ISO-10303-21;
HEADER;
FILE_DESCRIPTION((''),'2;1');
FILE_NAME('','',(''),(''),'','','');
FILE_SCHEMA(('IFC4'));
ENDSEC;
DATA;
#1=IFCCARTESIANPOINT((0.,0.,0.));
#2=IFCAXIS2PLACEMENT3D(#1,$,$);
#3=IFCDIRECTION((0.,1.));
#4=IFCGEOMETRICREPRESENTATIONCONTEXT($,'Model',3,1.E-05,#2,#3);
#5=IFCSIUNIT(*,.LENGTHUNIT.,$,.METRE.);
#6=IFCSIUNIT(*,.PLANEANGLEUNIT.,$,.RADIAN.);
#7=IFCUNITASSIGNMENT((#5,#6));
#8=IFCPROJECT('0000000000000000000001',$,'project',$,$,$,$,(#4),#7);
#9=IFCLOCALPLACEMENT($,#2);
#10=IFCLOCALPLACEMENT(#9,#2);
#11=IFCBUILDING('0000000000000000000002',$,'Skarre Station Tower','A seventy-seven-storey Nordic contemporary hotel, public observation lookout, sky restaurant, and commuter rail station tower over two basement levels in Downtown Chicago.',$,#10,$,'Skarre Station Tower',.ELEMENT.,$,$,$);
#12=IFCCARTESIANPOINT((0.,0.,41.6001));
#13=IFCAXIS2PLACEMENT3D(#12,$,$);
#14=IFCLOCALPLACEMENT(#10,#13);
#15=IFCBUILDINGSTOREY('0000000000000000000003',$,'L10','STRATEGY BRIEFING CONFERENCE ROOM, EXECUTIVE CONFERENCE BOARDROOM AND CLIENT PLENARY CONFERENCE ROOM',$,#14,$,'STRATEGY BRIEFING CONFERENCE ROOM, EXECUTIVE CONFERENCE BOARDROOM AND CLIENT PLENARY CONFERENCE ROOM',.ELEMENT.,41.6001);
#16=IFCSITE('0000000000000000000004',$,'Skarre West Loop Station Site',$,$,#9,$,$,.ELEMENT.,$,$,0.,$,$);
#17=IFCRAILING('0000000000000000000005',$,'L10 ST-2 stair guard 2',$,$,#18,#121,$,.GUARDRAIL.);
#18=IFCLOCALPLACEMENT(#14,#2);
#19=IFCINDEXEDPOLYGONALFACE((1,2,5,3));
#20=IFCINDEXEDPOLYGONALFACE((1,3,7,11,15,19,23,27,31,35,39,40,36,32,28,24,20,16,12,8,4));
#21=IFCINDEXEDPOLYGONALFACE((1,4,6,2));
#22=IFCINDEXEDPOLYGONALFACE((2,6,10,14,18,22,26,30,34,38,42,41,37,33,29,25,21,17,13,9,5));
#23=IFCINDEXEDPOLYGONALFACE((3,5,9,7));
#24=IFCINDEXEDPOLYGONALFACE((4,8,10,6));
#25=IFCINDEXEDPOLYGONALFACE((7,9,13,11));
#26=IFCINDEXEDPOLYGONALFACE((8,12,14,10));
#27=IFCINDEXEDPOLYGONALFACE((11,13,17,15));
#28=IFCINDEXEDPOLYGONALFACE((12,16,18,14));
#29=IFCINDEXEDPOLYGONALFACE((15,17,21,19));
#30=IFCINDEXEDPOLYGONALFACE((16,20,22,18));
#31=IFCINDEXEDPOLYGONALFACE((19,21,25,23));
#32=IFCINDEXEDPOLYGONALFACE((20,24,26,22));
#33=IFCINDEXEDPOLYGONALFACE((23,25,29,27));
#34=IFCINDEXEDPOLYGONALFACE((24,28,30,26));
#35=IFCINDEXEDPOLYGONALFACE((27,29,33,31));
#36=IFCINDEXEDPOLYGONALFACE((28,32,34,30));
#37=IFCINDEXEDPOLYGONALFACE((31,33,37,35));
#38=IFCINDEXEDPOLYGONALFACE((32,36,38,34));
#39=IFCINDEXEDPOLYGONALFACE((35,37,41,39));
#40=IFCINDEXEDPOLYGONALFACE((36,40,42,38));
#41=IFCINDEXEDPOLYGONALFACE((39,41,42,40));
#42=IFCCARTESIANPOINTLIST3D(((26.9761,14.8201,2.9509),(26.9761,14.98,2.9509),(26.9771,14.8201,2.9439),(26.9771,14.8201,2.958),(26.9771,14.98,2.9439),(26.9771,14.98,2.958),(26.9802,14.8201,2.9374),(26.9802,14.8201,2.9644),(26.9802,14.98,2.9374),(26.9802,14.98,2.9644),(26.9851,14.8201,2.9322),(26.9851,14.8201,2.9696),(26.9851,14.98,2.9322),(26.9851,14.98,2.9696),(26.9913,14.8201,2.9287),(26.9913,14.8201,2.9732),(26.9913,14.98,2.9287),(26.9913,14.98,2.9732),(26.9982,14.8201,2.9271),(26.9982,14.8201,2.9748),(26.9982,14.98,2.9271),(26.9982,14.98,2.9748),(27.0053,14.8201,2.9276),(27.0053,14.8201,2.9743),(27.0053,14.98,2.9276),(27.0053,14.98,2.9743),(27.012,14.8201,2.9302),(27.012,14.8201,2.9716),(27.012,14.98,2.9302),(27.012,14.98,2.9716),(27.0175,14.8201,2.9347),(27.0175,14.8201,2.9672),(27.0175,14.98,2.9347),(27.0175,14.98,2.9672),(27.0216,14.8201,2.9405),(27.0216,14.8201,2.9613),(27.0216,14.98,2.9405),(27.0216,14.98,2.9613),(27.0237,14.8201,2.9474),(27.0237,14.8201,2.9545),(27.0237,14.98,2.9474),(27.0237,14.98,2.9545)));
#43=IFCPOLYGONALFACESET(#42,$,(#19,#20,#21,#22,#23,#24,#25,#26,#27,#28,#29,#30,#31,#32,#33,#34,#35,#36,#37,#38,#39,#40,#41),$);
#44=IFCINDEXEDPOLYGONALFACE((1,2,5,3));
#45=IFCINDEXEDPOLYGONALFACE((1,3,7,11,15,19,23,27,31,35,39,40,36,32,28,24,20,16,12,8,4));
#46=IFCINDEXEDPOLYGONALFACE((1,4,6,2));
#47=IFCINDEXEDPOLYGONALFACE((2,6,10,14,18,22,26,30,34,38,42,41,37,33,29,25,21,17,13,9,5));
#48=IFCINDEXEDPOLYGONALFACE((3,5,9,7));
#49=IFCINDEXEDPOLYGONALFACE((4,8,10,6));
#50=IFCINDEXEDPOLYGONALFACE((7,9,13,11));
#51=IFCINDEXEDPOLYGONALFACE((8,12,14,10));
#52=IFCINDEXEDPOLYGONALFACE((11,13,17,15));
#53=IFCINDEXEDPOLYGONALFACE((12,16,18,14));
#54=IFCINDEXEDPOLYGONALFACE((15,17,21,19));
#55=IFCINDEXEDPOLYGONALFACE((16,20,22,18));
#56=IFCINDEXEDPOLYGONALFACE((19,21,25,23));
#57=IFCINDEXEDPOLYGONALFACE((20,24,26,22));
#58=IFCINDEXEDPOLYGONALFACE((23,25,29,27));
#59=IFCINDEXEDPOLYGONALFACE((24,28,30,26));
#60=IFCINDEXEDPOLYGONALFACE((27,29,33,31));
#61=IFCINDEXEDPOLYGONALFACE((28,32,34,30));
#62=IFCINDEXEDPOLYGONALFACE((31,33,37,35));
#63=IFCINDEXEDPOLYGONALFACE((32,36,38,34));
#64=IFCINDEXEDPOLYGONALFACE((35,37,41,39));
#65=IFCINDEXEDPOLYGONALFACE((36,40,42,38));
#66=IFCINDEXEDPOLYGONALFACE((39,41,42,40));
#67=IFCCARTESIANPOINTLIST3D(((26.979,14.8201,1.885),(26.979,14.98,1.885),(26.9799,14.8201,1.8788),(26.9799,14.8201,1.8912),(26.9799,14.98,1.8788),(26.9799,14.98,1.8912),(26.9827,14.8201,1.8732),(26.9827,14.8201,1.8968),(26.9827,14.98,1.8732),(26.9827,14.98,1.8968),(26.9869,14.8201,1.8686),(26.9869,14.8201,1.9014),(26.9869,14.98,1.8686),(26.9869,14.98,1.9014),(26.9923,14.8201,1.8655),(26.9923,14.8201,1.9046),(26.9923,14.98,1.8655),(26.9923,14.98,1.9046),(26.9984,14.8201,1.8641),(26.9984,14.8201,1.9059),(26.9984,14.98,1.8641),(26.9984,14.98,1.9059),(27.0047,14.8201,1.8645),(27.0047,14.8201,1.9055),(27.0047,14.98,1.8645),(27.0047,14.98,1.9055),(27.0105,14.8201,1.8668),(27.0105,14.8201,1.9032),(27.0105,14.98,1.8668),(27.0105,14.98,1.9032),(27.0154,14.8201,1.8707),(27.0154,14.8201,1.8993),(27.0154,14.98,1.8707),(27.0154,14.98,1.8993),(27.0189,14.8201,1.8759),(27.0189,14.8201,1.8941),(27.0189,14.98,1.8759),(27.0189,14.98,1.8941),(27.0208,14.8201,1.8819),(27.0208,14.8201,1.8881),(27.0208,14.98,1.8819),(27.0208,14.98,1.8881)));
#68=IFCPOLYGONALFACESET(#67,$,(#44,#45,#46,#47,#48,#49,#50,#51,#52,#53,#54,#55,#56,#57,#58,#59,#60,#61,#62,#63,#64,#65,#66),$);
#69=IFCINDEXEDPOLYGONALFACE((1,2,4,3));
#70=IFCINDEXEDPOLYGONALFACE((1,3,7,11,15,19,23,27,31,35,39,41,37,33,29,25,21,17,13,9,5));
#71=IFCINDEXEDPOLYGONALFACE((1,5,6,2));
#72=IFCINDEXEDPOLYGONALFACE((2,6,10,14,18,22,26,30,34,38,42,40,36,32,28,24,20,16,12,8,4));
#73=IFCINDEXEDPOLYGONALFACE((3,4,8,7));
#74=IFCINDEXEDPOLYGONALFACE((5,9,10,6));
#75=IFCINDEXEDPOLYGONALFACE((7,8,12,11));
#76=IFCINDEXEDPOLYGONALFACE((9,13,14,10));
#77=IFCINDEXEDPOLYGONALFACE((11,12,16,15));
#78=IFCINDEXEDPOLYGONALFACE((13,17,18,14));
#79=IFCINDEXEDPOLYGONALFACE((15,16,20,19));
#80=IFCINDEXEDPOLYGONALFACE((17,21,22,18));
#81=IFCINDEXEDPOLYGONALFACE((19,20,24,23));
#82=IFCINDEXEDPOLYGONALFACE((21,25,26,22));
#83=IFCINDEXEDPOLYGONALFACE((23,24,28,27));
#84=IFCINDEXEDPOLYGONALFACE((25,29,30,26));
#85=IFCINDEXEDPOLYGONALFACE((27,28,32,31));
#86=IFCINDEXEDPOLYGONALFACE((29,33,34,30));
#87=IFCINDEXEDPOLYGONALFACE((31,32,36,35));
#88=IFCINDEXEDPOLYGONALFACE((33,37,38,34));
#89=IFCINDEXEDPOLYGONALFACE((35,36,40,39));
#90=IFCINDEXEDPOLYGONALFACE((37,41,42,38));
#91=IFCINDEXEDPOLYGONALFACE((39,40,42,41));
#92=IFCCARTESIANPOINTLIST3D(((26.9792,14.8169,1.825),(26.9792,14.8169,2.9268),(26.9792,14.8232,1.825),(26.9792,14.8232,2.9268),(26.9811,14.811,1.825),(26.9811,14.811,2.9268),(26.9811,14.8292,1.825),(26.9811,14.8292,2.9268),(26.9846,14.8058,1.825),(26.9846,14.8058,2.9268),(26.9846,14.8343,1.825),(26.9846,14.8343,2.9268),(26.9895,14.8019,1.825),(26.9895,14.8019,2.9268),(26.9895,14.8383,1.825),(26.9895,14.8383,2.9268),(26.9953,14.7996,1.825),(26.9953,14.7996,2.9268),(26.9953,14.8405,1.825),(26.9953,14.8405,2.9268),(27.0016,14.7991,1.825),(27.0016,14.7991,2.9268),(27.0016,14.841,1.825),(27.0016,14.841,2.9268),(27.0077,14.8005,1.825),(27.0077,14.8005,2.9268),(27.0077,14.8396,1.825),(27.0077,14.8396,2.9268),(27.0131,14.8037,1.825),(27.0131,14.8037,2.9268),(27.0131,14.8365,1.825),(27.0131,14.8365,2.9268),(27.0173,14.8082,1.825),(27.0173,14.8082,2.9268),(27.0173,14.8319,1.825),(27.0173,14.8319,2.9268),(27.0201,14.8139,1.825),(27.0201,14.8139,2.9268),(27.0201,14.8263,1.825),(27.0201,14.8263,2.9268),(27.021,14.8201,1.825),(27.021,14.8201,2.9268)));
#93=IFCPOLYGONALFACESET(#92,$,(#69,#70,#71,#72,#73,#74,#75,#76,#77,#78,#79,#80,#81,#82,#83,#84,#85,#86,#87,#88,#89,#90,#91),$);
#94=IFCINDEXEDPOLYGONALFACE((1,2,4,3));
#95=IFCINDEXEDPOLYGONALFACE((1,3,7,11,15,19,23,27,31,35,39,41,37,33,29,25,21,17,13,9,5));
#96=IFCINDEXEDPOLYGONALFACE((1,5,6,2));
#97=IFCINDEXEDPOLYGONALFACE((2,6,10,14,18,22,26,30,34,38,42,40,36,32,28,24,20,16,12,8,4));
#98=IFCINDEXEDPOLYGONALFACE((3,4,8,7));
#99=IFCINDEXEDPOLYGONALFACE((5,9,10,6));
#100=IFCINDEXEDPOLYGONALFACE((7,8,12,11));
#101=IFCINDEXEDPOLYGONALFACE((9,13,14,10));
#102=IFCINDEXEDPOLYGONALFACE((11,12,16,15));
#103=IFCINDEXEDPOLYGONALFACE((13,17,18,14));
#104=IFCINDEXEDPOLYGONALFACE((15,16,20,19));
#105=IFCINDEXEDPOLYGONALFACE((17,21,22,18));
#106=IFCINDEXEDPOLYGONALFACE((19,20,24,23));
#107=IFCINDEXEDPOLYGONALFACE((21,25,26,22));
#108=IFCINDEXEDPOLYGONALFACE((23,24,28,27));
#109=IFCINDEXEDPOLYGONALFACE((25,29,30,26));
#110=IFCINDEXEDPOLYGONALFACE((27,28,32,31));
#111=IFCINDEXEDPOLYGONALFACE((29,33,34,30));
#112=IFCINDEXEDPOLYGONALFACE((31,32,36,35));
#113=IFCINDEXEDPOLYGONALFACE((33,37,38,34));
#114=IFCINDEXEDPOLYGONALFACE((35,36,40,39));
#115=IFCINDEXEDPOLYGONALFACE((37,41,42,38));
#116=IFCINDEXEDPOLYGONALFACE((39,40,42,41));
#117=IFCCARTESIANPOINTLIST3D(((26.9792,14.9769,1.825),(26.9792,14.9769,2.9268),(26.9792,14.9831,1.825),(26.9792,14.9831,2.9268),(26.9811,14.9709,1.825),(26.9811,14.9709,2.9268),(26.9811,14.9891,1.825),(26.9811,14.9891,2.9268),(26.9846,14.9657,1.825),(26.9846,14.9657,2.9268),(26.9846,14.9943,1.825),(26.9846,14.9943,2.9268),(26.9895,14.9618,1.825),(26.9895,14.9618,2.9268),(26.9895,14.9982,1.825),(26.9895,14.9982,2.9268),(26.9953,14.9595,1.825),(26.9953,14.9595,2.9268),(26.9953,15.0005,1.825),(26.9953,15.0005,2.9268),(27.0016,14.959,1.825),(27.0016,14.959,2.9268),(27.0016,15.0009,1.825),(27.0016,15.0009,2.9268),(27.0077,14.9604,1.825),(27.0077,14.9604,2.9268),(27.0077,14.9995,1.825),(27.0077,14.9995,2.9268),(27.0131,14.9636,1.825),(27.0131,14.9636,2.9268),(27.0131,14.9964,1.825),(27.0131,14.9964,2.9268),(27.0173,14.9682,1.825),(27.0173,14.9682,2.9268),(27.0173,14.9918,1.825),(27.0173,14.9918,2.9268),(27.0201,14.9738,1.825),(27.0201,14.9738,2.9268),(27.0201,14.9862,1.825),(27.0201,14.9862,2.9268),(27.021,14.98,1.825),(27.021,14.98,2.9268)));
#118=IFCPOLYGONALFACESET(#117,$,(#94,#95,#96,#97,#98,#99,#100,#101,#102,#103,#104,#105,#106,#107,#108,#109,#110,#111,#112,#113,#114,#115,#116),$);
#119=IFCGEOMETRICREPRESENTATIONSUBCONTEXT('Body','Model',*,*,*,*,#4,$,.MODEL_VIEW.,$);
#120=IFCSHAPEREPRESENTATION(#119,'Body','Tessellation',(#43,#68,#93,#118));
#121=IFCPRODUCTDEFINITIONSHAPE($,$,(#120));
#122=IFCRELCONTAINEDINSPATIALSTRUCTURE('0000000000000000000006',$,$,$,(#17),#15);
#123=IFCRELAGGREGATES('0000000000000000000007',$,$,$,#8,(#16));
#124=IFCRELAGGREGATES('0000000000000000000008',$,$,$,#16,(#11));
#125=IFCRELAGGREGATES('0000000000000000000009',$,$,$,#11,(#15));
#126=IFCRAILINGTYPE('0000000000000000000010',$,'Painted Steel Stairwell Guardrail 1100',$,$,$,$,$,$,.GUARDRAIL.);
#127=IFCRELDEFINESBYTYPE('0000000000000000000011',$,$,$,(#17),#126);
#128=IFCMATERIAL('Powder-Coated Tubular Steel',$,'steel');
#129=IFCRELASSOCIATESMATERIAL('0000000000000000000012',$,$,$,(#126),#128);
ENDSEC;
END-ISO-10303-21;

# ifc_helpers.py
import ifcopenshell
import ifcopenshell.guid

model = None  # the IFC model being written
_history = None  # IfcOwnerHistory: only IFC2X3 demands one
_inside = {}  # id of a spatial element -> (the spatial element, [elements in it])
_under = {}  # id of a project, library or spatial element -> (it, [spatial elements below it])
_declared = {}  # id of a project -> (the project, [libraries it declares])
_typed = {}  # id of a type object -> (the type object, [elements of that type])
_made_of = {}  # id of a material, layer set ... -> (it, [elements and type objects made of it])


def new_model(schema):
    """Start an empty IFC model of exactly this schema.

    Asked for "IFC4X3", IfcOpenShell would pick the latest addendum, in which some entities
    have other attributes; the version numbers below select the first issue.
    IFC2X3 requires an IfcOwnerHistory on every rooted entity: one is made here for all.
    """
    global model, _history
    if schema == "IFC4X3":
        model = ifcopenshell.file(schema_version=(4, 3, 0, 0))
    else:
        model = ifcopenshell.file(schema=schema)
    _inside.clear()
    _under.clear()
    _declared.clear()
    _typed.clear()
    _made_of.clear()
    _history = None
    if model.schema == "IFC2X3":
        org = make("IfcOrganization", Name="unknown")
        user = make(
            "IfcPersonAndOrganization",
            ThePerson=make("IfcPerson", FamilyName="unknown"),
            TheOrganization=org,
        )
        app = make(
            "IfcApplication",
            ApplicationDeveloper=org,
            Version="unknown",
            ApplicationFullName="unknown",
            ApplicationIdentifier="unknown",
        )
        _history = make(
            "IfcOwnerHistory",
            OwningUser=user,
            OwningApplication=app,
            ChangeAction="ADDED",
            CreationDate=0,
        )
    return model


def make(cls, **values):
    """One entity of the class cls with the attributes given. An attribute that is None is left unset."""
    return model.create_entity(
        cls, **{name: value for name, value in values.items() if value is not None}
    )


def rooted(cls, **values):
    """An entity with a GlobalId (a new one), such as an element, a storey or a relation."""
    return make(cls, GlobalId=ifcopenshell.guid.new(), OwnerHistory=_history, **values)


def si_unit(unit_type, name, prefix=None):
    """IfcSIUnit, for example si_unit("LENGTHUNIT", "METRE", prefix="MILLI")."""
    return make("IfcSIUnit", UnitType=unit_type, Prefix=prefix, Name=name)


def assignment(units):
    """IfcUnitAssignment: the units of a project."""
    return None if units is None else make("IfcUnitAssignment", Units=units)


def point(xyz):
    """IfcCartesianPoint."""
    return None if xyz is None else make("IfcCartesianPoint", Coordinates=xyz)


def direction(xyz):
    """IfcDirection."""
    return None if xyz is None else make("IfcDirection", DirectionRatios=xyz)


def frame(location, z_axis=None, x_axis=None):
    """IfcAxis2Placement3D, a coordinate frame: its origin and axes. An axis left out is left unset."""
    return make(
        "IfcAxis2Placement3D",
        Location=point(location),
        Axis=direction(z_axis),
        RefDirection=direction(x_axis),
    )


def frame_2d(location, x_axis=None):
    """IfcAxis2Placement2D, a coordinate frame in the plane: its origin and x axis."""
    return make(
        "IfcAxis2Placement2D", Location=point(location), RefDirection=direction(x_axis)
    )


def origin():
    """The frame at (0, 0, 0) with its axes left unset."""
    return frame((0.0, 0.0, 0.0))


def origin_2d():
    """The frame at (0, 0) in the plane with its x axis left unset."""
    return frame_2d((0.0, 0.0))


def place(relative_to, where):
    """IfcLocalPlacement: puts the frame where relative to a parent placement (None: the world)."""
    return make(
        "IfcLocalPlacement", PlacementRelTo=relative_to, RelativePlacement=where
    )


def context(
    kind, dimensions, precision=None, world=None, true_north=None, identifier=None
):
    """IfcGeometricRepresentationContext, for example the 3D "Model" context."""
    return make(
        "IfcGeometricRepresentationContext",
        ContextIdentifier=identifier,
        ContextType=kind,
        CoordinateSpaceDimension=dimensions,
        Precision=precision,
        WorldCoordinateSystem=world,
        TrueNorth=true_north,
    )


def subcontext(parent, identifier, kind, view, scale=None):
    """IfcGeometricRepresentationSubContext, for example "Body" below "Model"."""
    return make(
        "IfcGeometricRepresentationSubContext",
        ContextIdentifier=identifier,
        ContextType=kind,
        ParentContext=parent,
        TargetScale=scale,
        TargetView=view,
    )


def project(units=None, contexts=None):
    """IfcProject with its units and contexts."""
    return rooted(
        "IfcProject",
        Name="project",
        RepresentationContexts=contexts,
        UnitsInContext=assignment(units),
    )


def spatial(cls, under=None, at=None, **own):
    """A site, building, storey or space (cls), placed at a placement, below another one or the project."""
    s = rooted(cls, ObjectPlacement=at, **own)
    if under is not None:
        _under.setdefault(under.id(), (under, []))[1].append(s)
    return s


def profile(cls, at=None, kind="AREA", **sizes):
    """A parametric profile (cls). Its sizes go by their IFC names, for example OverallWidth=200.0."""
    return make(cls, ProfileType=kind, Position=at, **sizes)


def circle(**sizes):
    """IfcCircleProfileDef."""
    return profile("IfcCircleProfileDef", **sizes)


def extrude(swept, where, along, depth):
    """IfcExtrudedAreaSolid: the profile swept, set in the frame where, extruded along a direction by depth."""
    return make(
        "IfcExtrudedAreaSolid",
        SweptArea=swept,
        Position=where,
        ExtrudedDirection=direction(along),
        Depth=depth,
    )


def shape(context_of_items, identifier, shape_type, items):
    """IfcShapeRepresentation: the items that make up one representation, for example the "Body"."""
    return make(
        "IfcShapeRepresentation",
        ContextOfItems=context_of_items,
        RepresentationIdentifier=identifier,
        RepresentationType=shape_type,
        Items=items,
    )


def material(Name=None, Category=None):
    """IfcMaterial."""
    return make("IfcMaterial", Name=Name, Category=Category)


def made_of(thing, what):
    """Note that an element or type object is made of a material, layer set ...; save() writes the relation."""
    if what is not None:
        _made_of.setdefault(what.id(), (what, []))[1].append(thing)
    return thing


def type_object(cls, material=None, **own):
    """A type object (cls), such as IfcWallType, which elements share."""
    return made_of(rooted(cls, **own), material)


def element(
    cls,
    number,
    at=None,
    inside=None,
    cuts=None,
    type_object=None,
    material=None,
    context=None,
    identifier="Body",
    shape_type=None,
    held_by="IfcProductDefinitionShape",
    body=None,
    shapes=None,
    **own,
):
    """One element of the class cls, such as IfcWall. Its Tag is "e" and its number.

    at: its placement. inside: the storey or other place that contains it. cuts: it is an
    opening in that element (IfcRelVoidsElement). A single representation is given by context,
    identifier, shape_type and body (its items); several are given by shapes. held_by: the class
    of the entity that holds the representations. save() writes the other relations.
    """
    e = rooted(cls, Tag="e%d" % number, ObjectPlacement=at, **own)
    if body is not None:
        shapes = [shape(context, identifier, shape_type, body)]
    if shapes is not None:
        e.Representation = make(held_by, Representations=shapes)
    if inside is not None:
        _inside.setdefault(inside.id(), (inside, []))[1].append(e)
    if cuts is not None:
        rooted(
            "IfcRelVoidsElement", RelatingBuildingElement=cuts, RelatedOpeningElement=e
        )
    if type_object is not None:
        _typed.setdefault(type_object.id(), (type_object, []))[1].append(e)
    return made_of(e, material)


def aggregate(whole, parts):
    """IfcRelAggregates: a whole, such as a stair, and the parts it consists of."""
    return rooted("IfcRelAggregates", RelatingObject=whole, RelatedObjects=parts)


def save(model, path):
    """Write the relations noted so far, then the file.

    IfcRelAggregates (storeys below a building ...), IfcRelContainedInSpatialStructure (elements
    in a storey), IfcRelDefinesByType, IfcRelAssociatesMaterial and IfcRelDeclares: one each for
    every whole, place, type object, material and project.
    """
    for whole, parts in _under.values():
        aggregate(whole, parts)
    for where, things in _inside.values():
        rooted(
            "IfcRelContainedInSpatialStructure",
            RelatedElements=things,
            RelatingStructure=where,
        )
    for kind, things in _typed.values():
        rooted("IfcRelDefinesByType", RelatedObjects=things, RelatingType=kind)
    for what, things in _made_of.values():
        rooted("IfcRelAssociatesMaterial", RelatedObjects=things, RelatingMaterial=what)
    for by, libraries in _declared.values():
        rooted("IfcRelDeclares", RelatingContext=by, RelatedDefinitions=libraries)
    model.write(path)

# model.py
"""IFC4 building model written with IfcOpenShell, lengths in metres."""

from ifc_helpers import new_model, si_unit, direction, frame, origin, origin_2d, place, context, subcontext, project, spatial, circle, extrude, material, type_object, element, save


model = new_model("IFC4")

# Units and contexts
model_context = context("Model", 3, precision=1e-05, world=origin(), true_north=direction((0.0, 1.0)))
body_context = subcontext(model_context, "Body", "Model", "MODEL_VIEW")
ifc_project = project(units=[si_unit("LENGTHUNIT", "METRE"), si_unit("PLANEANGLEUNIT", "RADIAN")], contexts=[model_context])

# Site, building, storey
site_placement = place(None, origin())
site = spatial("IfcSite", under=ifc_project, at=site_placement, Name="Skarre West Loop Station Site", CompositionType="ELEMENT", RefElevation=0.0)
building_placement = place(site_placement, origin())
building = spatial("IfcBuilding", under=site, at=building_placement, Name="Skarre Station Tower", Description="A seventy-seven-storey Nordic contemporary hotel, public observation lookout, sky restaurant, and commuter rail station tower over two basement levels in Downtown Chicago.", LongName="Skarre Station Tower", CompositionType="ELEMENT")
storey_placement = place(building_placement, frame((0.0, 0.0, 41.6001)))
storey = spatial("IfcBuildingStorey", under=building, at=storey_placement, Name="L10", Description="STRATEGY BRIEFING CONFERENCE ROOM, EXECUTIVE CONFERENCE BOARDROOM AND CLIENT PLENARY CONFERENCE ROOM", LongName="STRATEGY BRIEFING CONFERENCE ROOM, EXECUTIVE CONFERENCE BOARDROOM AND CLIENT PLENARY CONFERENCE ROOM", CompositionType="ELEMENT", Elevation=41.6001)

# Railing
ifc_material_1 = material(Name="Powder-Coated Tubular Steel", Category="steel")
railing_type_1 = type_object("IfcRailingType", Name="Painted Steel Stairwell Guardrail 1100", PredefinedType="GUARDRAIL", material=ifc_material_1)
railing_1_placement = place(storey_placement, frame((27.0, 14.8201, 1.825)))
element("IfcRailing", 1, at=railing_1_placement, inside=storey, type_object=railing_type_1, Name="L10 ST-2 stair guard 2", PredefinedType="GUARDRAIL", context=body_context, shape_type="SweptSolid", body=[
    extrude(circle(Radius=0.0239, at=origin_2d()), frame((0.0, 0.0, 1.126), z_axis=(0.0, 1.0, 0.0), x_axis=(-1.0, 0.0, 0.0)), (0.0, 0.0, 1.0), 0.1599),
    extrude(circle(Radius=0.021, at=origin_2d()), frame((0.0, 0.0, 0.0601), z_axis=(0.0, 1.0, 0.0), x_axis=(-1.0, 0.0, 0.0)), (0.0, 0.0, 1.0), 0.1599),
    extrude(circle(Radius=0.021, at=origin_2d()), origin(), (0.0, 0.0, 1.0), 1.1018),
    extrude(circle(Radius=0.021, at=origin_2d()), frame((0.0, 0.1599, 0.0)), (0.0, 0.0, 1.0), 1.1018),
])

save(model, "model.ifc")
